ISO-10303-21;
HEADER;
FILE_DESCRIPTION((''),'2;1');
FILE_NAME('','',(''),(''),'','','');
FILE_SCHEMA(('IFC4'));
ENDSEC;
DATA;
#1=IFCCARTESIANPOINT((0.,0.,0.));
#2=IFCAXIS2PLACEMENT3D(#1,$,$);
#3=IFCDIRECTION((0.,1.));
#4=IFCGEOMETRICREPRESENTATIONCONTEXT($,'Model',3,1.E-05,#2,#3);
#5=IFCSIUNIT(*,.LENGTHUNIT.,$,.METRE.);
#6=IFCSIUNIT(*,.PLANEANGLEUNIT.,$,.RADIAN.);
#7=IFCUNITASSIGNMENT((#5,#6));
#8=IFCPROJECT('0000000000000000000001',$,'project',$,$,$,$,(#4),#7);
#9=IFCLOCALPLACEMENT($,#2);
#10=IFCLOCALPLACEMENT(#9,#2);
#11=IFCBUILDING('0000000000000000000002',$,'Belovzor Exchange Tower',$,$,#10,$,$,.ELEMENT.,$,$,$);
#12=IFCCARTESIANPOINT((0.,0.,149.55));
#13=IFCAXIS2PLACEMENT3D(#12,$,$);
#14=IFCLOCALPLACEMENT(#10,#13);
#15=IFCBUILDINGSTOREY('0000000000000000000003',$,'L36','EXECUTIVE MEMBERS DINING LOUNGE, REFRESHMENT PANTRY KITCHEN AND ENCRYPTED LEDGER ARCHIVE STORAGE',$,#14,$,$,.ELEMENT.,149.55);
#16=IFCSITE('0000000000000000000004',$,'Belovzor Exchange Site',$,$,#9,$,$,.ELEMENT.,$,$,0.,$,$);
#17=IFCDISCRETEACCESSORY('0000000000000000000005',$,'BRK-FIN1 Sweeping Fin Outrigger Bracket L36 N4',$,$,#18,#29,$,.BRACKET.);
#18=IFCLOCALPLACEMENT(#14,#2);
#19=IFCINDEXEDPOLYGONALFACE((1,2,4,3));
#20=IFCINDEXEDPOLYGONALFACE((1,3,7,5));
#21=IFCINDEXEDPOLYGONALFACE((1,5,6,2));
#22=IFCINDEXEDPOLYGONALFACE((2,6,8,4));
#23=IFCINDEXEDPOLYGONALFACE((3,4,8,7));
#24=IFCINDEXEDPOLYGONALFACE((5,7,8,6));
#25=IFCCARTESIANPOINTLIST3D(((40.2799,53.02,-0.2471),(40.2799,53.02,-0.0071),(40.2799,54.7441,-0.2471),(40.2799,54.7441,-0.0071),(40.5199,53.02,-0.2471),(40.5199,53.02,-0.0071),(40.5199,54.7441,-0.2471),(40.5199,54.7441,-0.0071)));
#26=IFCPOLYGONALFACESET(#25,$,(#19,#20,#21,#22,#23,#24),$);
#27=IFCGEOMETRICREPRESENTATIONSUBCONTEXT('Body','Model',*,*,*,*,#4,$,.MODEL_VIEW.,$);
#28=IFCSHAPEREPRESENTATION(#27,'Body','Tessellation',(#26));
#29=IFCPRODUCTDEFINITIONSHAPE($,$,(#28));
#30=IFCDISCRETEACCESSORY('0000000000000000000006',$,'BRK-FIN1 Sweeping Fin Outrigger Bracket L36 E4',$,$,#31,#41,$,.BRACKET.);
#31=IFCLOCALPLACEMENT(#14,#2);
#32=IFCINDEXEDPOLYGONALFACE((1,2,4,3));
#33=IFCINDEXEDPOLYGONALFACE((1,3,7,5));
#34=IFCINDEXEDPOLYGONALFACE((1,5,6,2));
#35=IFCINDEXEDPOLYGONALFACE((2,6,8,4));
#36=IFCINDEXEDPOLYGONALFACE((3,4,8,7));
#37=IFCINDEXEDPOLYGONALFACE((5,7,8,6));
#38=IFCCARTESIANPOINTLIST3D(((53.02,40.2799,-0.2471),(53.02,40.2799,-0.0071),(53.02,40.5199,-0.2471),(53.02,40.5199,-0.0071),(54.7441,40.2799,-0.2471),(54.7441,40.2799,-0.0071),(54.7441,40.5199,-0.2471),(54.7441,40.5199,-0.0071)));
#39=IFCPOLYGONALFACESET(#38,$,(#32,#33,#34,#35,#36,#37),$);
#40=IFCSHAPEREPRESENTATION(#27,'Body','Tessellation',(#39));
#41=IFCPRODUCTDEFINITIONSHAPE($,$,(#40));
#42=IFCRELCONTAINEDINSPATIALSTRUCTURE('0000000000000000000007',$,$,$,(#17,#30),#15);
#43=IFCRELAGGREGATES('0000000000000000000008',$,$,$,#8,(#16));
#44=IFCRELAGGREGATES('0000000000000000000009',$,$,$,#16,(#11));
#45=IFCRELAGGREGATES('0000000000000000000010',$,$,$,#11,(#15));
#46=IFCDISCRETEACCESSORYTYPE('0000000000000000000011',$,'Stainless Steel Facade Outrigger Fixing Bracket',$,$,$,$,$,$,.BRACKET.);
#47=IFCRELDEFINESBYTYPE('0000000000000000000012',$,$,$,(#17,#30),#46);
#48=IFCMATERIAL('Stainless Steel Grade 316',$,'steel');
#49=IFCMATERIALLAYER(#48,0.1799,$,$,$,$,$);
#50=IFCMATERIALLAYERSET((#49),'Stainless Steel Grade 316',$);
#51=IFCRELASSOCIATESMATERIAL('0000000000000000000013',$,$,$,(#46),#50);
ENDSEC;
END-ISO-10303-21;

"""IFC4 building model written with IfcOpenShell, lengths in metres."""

from ifc_helpers import new_model, si_unit, direction, frame, origin, origin_2d, place, context, subcontext, project, spatial, rectangle, extrude, material, layer, layer_set, type_object, element, save


model = new_model("IFC4")

# Units and contexts
model_context = context("Model", 3, precision=1e-05, world=origin(), true_north=direction((0.0, 1.0)))
body_context = subcontext(model_context, "Body", "Model", "MODEL_VIEW")
ifc_project = project(units=[si_unit("LENGTHUNIT", "METRE"), si_unit("PLANEANGLEUNIT", "RADIAN")], contexts=[model_context])

# Site, building, storey
site_placement = place(None, origin())
site = spatial("IfcSite", under=ifc_project, at=site_placement, Name="Belovzor Exchange Site", CompositionType="ELEMENT", RefElevation=0.0)
building_placement = place(site_placement, origin())
building = spatial("IfcBuilding", under=site, at=building_placement, Name="Belovzor Exchange Tower", CompositionType="ELEMENT")
storey_placement = place(building_placement, frame((0.0, 0.0, 149.55)))
storey = spatial("IfcBuildingStorey", under=building, at=storey_placement, Name="L36", Description="EXECUTIVE MEMBERS DINING LOUNGE, REFRESHMENT PANTRY KITCHEN AND ENCRYPTED LEDGER ARCHIVE STORAGE", CompositionType="ELEMENT", Elevation=149.55)

# Discrete accessories
ifc_material_1 = material(Name="Stainless Steel Grade 316", Category="steel")
ifc_layer_1 = layer(ifc_material_1, 0.1799)
ifc_layer_set_1 = layer_set([ifc_layer_1], Name="Stainless Steel Grade 316")
discrete_accessory_type = type_object("IfcDiscreteAccessoryType", Name="Stainless Steel Facade Outrigger Fixing Bracket", PredefinedType="BRACKET", material=ifc_layer_set_1)
for number, where, z_axis, x_axis, name in (
    (1, (40.3999, 53.8821, -0.2471), (0.0, 0.0, 1.0), (0.0, 1.0, 0.0), "BRK-FIN1 Sweeping Fin Outrigger Bracket L36 N4"),
    (2, (53.8821, 40.3999, -0.2471), (0.0, 0.0, 1.0), (1.0, 0.0, 0.0), "BRK-FIN1 Sweeping Fin Outrigger Bracket L36 E4"),
):
    element("IfcDiscreteAccessory", number, at=place(storey_placement, frame(where, z_axis=z_axis, x_axis=x_axis)), inside=storey, type_object=discrete_accessory_type, Name=name, PredefinedType="BRACKET", context=body_context, shape_type="SweptSolid", body=[
        extrude(rectangle(XDim=1.7241, YDim=0.24, at=origin_2d()), origin(), (0.0, 0.0, 1.0), 0.24),
    ])

save(model, "model.ifc")
